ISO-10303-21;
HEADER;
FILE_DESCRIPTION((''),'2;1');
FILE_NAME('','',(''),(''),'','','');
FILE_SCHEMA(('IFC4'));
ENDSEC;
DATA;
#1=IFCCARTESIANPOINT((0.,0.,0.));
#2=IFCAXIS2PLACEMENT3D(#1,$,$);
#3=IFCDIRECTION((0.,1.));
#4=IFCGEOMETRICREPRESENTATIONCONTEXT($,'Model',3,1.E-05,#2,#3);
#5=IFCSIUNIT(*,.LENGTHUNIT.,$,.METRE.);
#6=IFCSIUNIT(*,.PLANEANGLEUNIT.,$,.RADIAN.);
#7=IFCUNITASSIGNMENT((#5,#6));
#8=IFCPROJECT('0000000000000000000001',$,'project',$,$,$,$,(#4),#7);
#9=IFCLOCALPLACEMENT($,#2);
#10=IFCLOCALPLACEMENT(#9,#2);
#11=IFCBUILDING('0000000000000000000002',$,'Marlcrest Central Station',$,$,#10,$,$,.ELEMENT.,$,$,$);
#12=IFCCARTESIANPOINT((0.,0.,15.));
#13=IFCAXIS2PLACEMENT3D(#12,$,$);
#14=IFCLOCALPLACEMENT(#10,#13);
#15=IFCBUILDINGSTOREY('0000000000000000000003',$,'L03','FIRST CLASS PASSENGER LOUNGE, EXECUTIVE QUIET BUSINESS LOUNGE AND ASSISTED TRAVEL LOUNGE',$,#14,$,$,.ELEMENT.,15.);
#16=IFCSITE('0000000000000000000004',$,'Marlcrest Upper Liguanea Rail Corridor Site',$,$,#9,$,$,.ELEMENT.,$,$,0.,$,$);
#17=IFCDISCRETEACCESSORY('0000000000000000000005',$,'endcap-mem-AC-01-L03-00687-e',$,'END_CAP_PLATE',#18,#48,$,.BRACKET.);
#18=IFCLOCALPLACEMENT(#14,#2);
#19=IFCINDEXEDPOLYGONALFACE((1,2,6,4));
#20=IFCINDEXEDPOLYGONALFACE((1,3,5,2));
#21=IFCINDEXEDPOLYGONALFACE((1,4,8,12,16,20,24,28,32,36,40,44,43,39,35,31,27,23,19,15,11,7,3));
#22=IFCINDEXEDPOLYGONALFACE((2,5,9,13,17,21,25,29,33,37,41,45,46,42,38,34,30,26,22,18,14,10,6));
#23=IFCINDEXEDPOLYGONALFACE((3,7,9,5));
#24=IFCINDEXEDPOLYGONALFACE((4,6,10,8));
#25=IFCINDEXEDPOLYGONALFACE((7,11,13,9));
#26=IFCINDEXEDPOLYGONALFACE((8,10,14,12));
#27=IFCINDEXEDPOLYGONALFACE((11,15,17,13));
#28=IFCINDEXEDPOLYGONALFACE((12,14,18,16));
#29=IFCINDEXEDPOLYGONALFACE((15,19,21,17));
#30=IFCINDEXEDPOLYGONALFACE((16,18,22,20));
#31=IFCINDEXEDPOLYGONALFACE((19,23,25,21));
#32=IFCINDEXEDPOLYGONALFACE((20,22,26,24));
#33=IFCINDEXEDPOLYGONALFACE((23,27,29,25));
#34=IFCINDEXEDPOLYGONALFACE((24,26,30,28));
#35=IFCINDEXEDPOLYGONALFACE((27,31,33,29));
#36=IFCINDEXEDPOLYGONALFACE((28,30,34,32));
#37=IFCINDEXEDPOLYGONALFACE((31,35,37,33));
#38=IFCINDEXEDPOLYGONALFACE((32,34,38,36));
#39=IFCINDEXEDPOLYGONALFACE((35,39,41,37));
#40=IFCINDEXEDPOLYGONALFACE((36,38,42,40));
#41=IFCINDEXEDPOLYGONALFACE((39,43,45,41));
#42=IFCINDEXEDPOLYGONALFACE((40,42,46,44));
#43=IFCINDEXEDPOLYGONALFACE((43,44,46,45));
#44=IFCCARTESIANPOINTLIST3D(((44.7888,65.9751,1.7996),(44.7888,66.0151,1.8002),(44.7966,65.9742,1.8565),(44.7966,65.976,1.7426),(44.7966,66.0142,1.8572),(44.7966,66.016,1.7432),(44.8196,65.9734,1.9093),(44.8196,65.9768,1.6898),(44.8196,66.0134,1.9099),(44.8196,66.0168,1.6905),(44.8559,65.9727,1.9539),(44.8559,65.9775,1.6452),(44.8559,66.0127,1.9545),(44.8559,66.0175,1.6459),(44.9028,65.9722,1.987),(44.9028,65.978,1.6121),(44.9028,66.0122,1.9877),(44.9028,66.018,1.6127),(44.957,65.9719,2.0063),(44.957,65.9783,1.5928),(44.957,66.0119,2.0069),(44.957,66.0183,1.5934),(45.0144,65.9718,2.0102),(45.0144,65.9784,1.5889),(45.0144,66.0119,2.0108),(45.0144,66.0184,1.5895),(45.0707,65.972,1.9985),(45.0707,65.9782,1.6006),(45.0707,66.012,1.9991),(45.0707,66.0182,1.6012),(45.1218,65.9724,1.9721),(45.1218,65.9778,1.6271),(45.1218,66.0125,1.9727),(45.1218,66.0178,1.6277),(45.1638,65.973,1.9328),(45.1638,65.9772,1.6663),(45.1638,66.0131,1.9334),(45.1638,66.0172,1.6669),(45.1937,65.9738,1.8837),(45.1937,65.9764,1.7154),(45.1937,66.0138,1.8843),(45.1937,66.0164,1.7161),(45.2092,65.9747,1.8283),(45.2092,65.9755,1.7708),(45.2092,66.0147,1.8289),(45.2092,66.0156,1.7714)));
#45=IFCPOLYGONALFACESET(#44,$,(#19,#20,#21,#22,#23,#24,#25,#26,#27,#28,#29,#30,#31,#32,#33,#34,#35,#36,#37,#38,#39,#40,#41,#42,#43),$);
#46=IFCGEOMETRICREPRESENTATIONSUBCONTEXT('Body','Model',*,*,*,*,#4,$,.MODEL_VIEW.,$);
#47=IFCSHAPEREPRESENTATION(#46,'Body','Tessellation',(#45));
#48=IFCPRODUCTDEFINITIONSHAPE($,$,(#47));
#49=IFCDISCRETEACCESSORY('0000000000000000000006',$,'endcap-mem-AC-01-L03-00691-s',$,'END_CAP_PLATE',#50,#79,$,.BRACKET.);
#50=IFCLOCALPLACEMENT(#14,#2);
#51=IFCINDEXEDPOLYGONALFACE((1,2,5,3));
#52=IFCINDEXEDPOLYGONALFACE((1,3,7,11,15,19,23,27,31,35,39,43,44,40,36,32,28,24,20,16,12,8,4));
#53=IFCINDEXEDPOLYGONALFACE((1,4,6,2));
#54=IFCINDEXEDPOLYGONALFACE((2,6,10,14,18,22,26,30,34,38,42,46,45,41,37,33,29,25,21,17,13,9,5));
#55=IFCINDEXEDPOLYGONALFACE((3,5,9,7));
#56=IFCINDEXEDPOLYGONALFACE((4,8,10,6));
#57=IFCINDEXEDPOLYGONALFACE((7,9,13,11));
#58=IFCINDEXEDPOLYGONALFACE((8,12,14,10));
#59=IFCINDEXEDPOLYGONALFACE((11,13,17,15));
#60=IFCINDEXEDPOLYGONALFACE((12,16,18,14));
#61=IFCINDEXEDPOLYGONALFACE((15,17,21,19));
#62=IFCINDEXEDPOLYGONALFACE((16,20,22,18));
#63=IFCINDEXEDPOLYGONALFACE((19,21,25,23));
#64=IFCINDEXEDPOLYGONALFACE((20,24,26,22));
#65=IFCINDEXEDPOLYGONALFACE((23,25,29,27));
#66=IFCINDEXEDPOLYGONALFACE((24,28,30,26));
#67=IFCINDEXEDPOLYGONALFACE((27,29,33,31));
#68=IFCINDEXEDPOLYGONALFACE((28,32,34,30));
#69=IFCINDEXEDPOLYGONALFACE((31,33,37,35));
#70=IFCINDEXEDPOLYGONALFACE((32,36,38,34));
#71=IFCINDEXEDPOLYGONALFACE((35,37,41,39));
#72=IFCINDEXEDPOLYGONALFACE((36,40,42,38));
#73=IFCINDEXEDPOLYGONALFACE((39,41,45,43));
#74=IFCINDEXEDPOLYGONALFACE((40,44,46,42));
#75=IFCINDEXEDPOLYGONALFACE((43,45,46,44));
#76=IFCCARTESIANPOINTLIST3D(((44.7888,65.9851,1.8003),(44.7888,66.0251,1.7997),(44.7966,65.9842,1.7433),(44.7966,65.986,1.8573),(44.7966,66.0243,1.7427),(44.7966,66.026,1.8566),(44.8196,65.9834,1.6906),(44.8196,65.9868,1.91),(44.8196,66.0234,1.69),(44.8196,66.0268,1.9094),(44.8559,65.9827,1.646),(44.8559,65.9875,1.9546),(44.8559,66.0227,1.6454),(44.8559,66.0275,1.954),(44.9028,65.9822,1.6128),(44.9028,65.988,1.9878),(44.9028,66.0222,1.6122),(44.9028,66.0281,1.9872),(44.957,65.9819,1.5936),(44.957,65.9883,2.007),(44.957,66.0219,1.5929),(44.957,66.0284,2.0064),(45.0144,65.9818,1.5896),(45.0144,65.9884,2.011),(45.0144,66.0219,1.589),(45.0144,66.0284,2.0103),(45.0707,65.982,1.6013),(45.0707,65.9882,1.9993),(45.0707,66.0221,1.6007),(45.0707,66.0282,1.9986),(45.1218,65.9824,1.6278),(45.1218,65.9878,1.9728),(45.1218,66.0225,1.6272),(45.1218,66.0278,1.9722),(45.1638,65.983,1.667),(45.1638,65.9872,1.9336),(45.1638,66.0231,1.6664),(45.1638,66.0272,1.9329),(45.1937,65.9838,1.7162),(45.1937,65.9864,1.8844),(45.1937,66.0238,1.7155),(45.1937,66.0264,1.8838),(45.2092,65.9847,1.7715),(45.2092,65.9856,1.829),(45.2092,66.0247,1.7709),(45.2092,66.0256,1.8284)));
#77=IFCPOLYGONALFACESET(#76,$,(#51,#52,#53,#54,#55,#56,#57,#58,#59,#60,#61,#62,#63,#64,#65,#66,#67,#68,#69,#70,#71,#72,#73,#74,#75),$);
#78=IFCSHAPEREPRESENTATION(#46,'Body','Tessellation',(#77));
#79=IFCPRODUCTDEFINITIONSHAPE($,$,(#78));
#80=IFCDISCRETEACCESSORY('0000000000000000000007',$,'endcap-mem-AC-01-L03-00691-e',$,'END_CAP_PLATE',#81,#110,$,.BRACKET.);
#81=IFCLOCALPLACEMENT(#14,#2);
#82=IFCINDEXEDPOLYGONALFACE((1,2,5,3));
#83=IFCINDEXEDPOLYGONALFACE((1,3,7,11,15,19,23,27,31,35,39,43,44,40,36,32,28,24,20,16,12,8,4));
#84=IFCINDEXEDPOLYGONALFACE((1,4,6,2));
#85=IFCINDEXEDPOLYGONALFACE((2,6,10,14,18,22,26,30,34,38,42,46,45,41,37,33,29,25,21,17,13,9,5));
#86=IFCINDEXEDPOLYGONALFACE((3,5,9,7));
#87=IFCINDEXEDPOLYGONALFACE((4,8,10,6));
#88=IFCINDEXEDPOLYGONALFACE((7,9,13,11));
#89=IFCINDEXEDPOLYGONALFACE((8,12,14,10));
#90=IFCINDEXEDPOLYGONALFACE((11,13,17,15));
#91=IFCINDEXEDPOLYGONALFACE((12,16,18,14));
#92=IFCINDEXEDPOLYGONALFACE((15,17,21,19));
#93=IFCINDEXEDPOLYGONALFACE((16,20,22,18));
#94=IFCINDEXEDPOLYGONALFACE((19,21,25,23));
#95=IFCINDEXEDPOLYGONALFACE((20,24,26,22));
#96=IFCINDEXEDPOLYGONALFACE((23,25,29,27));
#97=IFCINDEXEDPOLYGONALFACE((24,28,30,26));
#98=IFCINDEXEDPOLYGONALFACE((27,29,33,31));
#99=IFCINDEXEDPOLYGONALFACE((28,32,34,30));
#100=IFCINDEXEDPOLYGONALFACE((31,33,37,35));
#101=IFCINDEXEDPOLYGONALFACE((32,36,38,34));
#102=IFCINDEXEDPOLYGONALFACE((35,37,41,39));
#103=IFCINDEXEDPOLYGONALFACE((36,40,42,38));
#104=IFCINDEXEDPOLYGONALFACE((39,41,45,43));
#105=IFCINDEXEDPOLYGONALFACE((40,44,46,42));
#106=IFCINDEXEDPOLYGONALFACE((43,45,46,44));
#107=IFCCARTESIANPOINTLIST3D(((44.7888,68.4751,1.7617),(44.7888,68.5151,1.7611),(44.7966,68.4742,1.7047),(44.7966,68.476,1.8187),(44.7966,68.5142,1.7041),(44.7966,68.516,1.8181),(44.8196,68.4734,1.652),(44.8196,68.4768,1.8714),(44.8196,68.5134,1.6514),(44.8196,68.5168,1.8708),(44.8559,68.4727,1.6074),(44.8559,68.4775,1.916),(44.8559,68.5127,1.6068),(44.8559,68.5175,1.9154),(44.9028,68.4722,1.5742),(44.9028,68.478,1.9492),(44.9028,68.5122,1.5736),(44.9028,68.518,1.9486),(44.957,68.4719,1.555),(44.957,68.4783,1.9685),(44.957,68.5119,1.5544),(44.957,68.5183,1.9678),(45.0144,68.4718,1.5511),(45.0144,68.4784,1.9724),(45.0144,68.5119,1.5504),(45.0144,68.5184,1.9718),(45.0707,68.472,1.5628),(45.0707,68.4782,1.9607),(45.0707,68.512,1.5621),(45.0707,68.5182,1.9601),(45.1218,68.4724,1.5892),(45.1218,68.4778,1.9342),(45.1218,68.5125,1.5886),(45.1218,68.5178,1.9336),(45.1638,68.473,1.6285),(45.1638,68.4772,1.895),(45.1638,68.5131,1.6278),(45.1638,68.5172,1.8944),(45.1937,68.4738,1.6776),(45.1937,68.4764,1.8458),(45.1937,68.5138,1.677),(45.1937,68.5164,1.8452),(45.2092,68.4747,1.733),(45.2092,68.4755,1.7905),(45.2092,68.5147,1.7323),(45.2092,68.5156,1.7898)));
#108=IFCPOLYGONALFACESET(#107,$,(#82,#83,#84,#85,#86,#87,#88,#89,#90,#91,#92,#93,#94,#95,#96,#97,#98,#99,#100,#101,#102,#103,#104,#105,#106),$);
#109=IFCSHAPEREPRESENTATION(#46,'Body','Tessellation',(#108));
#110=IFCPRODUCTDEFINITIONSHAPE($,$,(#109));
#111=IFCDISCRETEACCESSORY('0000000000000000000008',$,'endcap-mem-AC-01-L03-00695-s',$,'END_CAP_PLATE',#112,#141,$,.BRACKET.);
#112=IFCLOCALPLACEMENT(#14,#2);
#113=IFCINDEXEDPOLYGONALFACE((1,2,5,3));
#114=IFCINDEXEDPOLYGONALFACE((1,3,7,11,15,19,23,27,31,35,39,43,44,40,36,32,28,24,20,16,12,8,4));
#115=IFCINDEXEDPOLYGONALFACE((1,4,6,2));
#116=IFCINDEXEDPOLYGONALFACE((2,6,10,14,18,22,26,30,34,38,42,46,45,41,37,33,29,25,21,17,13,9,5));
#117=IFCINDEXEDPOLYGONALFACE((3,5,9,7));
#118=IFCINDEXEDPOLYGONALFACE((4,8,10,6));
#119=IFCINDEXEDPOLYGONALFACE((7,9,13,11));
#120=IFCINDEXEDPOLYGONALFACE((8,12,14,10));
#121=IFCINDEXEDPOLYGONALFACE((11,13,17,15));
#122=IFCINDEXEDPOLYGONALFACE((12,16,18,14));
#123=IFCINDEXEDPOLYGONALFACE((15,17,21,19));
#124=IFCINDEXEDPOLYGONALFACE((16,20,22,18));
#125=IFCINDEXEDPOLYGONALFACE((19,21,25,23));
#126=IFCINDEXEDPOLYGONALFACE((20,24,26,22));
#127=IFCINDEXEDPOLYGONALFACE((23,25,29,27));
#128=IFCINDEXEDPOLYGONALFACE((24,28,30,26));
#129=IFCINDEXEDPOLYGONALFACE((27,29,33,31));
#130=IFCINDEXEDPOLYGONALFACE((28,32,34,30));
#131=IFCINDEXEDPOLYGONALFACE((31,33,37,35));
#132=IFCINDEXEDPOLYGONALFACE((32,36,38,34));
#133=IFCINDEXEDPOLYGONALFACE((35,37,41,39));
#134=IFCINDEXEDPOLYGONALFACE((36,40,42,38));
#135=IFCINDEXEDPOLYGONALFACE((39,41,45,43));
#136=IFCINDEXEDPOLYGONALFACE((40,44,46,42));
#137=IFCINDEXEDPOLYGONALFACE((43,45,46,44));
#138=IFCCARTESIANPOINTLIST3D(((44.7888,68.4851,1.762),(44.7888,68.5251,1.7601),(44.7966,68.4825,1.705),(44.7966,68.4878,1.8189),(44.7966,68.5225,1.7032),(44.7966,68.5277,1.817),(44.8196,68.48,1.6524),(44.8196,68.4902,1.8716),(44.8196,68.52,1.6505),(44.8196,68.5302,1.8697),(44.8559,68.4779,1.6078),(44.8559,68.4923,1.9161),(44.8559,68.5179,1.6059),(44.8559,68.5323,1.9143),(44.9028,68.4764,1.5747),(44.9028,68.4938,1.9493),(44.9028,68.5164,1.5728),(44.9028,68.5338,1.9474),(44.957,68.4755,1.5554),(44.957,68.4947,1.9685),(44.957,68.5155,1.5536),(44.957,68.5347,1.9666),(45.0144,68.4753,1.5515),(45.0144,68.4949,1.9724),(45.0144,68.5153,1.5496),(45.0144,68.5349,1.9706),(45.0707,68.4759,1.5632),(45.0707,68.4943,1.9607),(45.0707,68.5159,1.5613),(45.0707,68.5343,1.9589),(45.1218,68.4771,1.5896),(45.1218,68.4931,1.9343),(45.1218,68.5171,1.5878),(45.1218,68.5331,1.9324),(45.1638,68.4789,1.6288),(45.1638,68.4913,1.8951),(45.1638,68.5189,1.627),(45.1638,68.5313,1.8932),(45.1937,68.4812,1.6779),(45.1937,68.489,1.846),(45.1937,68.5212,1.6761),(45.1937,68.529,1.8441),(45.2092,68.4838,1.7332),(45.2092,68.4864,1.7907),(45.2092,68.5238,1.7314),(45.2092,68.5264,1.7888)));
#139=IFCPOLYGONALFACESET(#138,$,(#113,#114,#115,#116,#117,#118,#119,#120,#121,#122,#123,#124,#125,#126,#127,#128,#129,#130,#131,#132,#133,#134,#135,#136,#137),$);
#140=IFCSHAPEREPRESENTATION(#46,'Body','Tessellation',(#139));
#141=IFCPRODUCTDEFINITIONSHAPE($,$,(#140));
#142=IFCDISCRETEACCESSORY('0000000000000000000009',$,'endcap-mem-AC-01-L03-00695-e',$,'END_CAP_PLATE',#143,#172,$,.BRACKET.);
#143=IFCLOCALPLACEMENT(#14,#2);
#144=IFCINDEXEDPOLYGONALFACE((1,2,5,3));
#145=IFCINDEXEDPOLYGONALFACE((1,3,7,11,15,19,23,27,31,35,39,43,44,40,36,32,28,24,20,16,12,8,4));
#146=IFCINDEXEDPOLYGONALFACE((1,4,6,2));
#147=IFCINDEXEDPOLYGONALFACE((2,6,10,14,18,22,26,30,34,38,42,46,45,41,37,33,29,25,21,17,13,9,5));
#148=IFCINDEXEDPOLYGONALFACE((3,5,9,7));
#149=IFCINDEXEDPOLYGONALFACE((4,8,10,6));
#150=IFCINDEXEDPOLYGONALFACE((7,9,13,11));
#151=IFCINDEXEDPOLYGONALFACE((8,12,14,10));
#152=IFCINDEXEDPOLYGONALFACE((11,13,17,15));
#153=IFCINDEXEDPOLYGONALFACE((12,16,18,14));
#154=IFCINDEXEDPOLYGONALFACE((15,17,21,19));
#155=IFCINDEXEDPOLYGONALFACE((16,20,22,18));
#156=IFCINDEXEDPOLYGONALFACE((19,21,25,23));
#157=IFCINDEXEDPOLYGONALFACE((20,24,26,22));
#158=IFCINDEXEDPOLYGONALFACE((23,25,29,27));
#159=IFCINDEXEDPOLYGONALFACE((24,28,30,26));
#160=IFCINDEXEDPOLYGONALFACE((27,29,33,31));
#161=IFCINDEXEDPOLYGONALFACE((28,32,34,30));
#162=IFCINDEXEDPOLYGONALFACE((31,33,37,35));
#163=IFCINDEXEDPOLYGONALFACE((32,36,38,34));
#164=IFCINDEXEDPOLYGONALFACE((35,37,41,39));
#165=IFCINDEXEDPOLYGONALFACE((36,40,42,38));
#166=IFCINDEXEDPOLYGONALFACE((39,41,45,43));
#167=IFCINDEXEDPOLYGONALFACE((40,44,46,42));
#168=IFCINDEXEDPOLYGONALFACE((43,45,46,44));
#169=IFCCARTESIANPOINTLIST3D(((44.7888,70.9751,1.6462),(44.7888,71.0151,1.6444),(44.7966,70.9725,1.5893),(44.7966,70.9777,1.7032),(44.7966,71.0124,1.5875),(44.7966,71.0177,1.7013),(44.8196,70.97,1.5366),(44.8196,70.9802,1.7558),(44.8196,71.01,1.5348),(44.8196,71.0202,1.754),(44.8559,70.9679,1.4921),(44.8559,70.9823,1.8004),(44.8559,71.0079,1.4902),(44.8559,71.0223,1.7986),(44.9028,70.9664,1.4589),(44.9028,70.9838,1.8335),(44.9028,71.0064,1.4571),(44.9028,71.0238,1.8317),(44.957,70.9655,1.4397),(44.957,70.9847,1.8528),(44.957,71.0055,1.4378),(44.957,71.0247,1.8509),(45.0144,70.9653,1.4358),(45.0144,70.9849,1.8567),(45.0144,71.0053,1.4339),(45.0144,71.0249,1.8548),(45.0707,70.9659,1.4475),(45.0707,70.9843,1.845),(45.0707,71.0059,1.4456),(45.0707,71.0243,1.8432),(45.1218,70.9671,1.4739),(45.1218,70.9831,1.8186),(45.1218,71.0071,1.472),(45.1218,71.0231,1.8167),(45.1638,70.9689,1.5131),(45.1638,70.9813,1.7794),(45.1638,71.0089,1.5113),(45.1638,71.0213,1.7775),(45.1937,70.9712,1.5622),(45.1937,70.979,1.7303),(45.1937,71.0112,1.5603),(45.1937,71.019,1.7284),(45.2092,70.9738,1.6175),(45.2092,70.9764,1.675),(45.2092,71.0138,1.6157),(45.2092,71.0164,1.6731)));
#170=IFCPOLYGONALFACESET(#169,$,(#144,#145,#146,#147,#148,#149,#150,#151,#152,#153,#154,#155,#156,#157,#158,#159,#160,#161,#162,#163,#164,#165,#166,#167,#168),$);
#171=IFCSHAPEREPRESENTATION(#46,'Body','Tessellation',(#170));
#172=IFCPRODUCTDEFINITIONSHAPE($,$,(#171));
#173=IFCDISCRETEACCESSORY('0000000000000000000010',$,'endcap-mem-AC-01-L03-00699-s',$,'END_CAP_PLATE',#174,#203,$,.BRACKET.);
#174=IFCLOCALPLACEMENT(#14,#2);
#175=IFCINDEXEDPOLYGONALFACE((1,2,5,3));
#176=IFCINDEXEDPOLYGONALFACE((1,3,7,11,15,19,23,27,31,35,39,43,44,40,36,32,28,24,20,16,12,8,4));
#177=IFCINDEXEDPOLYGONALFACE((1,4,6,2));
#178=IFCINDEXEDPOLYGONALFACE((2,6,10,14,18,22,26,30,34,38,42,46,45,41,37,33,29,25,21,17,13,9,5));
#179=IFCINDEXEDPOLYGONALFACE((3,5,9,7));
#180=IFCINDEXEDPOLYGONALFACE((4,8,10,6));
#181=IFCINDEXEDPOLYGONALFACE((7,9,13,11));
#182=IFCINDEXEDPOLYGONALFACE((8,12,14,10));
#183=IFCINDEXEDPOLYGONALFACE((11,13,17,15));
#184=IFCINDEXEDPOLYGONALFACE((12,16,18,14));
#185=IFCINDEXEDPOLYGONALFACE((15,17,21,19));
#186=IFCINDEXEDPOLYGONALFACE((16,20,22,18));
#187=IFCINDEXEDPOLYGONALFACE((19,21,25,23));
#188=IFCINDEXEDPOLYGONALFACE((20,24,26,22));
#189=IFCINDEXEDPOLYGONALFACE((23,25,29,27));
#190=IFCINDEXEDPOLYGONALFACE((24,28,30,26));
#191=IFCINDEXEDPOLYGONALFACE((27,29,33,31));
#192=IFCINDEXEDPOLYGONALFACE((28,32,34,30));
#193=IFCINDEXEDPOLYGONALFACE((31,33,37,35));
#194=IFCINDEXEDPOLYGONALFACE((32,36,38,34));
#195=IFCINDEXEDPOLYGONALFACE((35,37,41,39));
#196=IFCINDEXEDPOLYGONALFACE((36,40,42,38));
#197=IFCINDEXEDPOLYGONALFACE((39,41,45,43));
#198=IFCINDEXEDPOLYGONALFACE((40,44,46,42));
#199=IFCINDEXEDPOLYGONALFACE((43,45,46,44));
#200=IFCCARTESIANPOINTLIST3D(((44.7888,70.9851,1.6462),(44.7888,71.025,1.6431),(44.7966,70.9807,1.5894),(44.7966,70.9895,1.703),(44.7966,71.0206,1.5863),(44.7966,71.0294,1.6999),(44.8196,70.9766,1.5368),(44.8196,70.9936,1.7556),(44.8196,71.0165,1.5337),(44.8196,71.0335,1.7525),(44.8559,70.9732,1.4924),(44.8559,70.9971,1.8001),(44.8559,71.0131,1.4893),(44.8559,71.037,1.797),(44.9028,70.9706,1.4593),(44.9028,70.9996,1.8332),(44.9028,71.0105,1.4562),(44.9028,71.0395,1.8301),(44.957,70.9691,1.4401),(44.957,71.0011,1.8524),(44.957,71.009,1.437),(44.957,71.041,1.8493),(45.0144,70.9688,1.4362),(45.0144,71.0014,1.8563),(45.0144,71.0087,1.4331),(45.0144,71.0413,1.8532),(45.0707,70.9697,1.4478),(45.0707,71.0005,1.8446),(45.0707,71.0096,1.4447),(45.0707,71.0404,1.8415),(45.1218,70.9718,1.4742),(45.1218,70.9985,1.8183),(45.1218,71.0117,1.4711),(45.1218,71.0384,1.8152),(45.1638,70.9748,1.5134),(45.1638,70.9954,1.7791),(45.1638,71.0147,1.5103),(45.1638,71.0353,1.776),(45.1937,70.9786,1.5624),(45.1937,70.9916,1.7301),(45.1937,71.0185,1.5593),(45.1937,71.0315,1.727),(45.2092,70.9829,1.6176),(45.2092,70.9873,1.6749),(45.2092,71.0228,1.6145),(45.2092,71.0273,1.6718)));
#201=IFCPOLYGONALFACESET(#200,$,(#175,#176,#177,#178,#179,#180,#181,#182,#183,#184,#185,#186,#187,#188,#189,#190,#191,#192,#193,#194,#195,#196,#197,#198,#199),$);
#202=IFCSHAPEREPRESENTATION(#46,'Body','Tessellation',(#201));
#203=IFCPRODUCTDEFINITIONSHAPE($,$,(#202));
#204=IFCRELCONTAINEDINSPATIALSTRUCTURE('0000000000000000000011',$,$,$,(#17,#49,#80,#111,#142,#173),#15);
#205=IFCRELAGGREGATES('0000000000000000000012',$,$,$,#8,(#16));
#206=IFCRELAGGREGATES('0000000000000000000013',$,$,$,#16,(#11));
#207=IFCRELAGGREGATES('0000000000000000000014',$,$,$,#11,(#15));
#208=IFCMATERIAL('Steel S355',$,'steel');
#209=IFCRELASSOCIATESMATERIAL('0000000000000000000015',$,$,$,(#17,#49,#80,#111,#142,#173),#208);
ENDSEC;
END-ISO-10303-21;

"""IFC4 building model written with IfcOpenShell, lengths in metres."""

from ifc_helpers import new_model, si_unit, direction, frame, origin, origin_2d, place, context, subcontext, project, spatial, circle, extrude, material, element, save


model = new_model("IFC4")

# Units and contexts
model_context = context("Model", 3, precision=1e-05, world=origin(), true_north=direction((0.0, 1.0)))
body_context = subcontext(model_context, "Body", "Model", "MODEL_VIEW")
ifc_project = project(units=[si_unit("LENGTHUNIT", "METRE"), si_unit("PLANEANGLEUNIT", "RADIAN")], contexts=[model_context])

# Site, building, storey
site_placement = place(None, origin())
site = spatial("IfcSite", under=ifc_project, at=site_placement, Name="Marlcrest Upper Liguanea Rail Corridor Site", CompositionType="ELEMENT", RefElevation=0.0)
building_placement = place(site_placement, origin())
building = spatial("IfcBuilding", under=site, at=building_placement, Name="Marlcrest Central Station", CompositionType="ELEMENT")
storey_placement = place(building_placement, frame((0.0, 0.0, 15.0)))
storey = spatial("IfcBuildingStorey", under=building, at=storey_placement, Name="L03", Description="FIRST CLASS PASSENGER LOUNGE, EXECUTIVE QUIET BUSINESS LOUNGE AND ASSISTED TRAVEL LOUNGE", CompositionType="ELEMENT", Elevation=15.0)

# Shared definitions
ifc_material_1 = material(Name="Steel S355", Category="steel")

# Discrete accessories
for number, where, z_axis, x_axis, name in (
    (1, (45.0, 65.9751, 1.7996), (0.0, 0.999879, 0.015525), (-1.0, 0.0, 0.0), "endcap-mem-AC-01-L03-00687-e"),
    (2, (45.0, 65.9851, 1.8003), (0.0, 0.999879, -0.015525), (-1.0, 0.0, 0.0), "endcap-mem-AC-01-L03-00691-s"),
    (3, (45.0, 68.4751, 1.7617), (0.0, 0.999879, -0.015525), (-1.0, 0.0, 0.0), "endcap-mem-AC-01-L03-00691-e"),
    (4, (45.0, 68.4851, 1.762), (0.0, 0.998921, -0.046434), (-1.0, 0.0, 0.0), "endcap-mem-AC-01-L03-00695-s"),
    (5, (45.0, 70.9751, 1.6462), (0.0, 0.998921, -0.046434), (-1.0, 0.0, 0.0), "endcap-mem-AC-01-L03-00695-e"),
    (6, (45.0, 70.9851, 1.6462), (0.0, 0.997, -0.077404), (-1.0, 0.0, 0.0), "endcap-mem-AC-01-L03-00699-s"),
):
    element("IfcDiscreteAccessory", number, at=place(storey_placement, frame(where, z_axis=z_axis, x_axis=x_axis)), inside=storey, material=ifc_material_1, Name=name, ObjectType="END_CAP_PLATE", PredefinedType="BRACKET", context=body_context, shape_type="SweptSolid", body=[
        extrude(circle(Radius=0.2112, at=origin_2d()), origin(), (0.0, 0.0, 1.0), 0.04),
    ])

save(model, "model.ifc")
